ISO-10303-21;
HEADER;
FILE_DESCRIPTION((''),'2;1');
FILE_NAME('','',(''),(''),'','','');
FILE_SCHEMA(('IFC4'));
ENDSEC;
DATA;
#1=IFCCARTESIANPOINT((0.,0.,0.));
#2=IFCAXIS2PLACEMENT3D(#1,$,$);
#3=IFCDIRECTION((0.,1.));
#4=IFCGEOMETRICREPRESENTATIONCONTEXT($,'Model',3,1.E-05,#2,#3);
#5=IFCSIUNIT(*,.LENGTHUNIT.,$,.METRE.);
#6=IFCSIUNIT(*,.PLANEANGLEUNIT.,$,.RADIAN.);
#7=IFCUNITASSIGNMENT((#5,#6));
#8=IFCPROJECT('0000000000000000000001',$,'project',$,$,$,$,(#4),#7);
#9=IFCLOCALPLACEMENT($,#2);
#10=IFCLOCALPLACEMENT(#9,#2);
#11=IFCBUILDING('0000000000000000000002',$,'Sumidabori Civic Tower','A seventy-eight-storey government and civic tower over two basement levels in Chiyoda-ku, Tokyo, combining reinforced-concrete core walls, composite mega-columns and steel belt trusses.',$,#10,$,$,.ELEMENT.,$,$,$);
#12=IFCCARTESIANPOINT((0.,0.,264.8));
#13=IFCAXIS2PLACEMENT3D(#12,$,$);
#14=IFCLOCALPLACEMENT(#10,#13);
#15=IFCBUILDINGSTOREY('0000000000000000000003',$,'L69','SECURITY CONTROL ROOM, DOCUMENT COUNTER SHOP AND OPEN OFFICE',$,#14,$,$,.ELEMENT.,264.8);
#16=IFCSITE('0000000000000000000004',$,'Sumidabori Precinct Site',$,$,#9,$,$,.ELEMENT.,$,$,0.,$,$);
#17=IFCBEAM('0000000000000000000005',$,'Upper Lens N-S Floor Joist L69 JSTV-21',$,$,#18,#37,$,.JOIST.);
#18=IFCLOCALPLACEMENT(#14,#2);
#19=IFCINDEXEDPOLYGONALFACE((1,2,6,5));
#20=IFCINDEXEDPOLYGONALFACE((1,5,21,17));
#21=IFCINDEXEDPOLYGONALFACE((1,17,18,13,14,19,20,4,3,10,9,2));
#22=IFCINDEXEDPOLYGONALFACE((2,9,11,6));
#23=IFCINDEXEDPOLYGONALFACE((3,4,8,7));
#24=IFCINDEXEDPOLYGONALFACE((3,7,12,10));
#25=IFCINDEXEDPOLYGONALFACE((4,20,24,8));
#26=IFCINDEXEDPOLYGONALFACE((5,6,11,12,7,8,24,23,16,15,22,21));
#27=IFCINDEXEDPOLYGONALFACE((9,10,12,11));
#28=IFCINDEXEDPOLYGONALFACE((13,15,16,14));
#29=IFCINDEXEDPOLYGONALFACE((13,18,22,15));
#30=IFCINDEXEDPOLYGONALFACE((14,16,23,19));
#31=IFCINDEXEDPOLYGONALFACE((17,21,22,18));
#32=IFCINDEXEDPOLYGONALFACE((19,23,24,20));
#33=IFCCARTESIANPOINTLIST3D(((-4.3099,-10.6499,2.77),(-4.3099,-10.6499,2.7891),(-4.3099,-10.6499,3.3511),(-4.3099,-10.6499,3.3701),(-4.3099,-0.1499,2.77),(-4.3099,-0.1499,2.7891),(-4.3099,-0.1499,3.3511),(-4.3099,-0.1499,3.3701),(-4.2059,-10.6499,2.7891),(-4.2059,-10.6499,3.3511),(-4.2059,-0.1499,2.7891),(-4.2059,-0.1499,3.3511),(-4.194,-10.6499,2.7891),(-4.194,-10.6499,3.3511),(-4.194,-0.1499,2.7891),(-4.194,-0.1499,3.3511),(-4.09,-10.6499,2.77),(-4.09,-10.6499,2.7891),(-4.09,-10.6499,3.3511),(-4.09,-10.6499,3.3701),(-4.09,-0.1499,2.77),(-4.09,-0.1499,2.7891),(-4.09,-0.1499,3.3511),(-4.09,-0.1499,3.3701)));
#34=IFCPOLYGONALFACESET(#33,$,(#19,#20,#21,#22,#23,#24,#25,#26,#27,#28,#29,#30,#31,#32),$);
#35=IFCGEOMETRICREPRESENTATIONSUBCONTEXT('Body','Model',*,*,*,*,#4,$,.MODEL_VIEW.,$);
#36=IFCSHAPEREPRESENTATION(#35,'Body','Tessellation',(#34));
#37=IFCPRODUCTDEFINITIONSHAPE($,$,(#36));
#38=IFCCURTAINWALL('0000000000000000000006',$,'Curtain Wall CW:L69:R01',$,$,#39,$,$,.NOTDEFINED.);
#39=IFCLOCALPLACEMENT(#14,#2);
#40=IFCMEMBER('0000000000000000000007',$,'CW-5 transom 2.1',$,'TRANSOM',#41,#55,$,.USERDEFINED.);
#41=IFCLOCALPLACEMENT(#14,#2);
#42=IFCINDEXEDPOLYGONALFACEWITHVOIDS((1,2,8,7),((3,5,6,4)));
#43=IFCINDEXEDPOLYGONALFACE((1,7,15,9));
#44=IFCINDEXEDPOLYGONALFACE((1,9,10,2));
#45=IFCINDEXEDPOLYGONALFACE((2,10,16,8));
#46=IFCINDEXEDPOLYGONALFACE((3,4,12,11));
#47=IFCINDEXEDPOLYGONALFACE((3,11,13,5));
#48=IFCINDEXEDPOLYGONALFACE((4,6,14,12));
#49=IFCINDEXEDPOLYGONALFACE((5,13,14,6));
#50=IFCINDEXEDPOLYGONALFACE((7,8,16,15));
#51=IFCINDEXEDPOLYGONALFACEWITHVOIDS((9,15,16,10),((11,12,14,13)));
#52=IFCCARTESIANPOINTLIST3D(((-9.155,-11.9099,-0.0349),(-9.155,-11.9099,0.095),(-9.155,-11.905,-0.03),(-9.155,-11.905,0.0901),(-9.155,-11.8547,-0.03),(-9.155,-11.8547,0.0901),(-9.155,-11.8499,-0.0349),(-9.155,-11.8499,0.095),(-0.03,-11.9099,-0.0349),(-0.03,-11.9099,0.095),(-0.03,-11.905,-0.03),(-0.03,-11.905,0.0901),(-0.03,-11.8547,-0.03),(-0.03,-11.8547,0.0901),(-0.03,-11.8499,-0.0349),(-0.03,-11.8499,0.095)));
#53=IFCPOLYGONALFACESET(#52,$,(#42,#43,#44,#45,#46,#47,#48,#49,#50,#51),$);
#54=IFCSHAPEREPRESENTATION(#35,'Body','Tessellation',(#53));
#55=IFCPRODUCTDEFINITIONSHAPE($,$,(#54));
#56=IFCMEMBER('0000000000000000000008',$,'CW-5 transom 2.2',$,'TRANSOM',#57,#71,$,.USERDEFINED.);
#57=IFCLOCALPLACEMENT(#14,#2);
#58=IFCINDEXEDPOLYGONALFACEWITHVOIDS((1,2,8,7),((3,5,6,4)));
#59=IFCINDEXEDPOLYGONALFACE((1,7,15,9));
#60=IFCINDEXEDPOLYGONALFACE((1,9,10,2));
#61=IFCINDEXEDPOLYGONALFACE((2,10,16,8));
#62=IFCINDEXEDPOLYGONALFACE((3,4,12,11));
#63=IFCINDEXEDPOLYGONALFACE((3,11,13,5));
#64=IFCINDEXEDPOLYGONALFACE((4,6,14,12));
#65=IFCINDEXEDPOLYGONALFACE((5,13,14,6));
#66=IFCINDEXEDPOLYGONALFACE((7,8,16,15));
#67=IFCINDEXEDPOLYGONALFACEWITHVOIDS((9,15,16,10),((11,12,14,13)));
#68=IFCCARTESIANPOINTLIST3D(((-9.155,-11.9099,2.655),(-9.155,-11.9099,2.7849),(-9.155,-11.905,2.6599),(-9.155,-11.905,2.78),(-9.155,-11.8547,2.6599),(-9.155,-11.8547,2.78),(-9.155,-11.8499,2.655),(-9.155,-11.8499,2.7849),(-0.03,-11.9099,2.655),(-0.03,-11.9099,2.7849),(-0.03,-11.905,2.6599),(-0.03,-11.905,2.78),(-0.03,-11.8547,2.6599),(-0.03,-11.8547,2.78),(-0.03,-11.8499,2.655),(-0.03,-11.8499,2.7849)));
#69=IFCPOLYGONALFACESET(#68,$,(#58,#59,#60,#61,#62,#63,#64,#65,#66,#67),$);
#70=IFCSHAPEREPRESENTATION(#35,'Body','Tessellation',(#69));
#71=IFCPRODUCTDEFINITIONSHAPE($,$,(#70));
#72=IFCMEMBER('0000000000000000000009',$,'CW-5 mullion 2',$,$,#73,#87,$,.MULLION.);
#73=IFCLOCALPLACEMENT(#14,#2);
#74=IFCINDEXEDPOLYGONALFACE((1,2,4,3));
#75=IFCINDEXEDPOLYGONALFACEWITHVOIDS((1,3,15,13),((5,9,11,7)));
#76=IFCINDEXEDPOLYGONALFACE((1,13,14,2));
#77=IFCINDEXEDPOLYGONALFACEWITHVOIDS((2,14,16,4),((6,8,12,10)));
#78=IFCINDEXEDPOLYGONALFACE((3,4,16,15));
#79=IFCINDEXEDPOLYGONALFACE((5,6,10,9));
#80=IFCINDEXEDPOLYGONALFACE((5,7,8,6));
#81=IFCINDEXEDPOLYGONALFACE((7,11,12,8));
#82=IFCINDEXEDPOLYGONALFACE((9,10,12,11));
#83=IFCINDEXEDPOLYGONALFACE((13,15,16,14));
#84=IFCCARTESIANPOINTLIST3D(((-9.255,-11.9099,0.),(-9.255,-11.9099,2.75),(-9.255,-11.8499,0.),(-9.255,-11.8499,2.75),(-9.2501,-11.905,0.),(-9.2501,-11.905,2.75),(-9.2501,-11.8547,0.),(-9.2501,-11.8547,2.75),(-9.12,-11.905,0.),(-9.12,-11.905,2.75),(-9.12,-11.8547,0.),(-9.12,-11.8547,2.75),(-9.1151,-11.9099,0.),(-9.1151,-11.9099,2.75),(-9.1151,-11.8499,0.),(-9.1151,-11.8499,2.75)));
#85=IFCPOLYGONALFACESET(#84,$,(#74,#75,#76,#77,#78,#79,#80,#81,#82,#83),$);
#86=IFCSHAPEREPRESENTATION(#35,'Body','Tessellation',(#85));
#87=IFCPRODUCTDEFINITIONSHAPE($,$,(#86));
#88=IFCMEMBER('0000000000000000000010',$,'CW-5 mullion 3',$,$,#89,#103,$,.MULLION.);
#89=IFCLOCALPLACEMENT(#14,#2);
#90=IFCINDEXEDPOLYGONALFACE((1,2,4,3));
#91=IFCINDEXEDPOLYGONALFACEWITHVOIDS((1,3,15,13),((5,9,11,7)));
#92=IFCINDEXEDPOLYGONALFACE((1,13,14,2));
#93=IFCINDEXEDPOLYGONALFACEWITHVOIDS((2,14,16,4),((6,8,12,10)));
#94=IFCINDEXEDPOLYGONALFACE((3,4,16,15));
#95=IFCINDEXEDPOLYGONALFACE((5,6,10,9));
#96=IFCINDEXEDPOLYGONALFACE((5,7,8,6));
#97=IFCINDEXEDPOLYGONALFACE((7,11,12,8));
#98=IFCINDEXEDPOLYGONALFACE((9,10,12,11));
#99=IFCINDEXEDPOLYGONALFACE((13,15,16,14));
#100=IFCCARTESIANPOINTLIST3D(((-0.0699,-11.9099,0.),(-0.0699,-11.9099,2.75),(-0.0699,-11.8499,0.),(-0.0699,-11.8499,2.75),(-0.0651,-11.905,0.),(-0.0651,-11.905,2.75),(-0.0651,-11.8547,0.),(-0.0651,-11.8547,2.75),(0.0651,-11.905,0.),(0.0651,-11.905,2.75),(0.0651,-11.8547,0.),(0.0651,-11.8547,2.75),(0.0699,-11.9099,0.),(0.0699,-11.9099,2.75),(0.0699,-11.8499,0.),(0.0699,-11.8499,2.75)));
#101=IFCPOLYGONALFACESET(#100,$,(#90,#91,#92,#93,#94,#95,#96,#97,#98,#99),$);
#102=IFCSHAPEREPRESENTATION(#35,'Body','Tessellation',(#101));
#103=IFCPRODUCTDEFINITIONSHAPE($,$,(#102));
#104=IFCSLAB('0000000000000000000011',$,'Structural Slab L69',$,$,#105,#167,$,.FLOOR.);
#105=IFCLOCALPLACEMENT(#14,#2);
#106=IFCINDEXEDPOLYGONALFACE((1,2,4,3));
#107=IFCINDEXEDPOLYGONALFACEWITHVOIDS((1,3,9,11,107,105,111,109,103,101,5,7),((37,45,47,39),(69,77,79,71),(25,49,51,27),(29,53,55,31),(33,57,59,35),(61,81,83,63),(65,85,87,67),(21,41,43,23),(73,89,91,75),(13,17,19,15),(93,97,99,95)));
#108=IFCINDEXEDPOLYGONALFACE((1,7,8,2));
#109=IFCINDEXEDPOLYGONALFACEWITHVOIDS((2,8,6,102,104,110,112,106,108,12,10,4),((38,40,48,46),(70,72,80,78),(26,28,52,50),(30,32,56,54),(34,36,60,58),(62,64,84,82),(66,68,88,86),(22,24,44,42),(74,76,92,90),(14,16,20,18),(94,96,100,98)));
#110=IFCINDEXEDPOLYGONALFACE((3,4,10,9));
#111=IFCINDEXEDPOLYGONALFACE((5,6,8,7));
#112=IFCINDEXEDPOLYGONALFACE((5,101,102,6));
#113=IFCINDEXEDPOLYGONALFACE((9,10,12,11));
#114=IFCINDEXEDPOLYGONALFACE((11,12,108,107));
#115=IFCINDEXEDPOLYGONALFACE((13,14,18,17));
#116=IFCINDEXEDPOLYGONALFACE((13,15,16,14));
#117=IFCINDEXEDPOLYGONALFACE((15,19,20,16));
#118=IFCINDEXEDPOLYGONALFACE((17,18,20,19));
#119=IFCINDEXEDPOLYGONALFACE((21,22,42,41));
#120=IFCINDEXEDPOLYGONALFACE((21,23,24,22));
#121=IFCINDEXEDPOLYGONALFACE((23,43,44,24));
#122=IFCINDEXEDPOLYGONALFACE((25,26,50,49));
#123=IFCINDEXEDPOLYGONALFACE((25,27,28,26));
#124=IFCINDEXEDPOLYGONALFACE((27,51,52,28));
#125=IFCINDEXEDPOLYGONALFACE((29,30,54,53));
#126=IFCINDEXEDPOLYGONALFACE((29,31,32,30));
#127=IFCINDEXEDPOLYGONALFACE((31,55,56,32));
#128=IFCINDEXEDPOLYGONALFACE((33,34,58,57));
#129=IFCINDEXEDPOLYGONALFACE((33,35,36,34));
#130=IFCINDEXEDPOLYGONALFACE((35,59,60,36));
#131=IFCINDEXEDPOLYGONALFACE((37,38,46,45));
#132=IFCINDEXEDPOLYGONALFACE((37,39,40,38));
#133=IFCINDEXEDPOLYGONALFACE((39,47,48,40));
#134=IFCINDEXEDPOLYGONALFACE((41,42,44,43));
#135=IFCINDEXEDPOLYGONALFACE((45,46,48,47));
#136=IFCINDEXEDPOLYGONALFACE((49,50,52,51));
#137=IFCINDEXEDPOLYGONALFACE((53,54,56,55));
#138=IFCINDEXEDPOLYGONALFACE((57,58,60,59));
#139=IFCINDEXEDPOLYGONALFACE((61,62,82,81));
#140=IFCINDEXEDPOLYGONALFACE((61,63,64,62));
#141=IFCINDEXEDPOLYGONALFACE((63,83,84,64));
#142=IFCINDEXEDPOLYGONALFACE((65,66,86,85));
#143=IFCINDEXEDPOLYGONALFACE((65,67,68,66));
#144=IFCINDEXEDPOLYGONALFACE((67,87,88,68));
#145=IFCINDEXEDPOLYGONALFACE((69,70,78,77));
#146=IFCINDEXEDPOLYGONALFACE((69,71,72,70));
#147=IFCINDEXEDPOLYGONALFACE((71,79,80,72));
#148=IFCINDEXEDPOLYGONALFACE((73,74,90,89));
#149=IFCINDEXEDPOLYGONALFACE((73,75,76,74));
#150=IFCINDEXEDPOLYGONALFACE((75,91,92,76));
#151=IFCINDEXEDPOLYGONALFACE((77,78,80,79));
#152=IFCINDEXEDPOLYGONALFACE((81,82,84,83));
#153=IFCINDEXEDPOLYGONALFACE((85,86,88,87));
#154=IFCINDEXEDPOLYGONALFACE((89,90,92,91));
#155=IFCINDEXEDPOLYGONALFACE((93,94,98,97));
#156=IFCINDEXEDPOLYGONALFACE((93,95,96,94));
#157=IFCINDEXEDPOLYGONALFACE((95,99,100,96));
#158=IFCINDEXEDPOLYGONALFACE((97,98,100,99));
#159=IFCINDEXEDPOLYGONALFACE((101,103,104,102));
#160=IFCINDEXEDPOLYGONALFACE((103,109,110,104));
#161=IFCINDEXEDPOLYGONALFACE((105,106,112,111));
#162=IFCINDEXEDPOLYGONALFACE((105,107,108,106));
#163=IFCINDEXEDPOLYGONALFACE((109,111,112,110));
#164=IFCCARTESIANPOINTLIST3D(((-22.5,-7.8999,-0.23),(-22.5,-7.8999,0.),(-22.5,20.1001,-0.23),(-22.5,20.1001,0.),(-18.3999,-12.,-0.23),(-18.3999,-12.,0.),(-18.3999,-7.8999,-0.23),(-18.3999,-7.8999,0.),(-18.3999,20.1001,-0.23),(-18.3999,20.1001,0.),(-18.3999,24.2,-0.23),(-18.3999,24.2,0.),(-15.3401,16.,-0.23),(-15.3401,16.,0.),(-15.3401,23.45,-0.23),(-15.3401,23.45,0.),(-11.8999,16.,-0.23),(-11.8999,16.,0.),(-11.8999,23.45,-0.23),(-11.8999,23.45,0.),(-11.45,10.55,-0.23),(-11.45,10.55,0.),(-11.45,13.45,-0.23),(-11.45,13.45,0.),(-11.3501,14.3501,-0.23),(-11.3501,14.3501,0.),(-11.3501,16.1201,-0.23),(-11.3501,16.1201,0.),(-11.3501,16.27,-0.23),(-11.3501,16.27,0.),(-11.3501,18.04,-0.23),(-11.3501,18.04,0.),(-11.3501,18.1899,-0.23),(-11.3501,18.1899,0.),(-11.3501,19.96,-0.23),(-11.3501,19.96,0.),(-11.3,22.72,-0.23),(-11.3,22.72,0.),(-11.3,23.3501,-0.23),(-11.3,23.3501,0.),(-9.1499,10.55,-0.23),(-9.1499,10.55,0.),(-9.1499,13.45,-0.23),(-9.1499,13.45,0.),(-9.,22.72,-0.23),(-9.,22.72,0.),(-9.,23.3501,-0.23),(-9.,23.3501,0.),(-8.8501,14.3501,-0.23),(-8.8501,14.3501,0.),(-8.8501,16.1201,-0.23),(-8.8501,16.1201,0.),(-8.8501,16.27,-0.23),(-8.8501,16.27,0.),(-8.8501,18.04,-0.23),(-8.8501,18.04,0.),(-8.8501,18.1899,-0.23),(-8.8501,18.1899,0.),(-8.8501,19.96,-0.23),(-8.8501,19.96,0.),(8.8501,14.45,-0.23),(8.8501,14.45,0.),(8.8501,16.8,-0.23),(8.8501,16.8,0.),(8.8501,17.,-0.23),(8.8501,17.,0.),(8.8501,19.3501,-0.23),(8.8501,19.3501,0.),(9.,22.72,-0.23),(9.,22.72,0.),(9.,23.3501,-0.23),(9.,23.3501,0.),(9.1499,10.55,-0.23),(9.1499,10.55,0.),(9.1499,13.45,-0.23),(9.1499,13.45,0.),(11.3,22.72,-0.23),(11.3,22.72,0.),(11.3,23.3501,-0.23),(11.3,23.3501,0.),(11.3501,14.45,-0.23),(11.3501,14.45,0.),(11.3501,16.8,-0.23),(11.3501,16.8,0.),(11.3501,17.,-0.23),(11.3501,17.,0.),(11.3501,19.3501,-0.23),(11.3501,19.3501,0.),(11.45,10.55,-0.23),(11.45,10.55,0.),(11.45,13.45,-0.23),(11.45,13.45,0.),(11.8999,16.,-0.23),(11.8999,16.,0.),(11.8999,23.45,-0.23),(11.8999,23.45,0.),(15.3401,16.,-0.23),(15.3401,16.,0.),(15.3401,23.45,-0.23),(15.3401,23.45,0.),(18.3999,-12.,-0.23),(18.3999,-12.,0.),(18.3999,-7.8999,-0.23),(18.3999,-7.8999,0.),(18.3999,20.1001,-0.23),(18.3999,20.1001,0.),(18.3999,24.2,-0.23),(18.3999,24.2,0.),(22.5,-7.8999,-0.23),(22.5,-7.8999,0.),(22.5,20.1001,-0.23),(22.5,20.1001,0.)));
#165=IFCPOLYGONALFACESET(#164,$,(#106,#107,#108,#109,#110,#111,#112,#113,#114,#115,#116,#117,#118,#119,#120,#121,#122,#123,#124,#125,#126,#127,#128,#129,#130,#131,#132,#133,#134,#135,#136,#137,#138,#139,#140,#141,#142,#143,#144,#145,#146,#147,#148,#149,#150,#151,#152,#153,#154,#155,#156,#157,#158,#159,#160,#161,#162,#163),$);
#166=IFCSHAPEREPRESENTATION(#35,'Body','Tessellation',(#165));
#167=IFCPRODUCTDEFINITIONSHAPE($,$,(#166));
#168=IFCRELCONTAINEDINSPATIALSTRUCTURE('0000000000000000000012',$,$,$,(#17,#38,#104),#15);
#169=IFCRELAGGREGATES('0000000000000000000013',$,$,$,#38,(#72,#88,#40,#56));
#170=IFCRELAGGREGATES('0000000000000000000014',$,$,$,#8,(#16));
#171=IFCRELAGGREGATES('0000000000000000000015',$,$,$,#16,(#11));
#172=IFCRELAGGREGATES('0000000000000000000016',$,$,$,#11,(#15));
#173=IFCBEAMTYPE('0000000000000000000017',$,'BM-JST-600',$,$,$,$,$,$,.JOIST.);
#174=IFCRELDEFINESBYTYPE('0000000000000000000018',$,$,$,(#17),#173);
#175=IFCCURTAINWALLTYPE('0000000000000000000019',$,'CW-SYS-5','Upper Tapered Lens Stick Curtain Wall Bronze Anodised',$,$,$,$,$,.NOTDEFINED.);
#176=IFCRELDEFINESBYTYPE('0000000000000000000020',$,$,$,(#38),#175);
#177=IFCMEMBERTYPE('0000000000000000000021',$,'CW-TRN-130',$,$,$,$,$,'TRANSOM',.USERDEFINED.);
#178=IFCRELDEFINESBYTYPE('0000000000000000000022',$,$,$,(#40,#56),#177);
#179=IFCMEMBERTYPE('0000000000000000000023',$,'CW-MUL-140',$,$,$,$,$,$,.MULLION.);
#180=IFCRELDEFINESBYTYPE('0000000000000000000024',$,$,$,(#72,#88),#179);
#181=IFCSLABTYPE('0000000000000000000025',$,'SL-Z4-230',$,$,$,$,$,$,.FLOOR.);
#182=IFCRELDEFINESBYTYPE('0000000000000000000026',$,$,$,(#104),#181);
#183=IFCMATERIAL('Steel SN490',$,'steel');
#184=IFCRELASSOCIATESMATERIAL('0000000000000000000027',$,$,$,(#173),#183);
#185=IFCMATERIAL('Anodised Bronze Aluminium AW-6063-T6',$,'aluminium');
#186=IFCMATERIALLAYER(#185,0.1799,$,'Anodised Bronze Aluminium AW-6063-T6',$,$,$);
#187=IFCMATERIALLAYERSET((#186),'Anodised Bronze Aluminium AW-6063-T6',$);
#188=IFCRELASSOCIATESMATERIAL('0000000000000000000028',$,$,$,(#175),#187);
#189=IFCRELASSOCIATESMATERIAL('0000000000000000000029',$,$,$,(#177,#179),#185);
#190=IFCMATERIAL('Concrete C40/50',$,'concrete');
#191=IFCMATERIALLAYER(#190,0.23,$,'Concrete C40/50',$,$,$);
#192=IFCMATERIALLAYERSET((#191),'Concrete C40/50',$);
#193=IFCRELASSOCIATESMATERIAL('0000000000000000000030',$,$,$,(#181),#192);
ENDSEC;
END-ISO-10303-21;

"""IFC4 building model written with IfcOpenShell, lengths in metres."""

from ifc_helpers import new_model, si_unit, direction, frame, origin, origin_2d, place, context, subcontext, project, spatial, polyline, hollow_rectangle, i_section, outline, extrude, source, transform, mapped, material, layer, layer_set, material_profile, profile_set, type_object, element, aggregate, save


model = new_model("IFC4")

# Units and contexts
model_context = context("Model", 3, precision=1e-05, world=origin(), true_north=direction((0.0, 1.0)))
body_context = subcontext(model_context, "Body", "Model", "MODEL_VIEW")
ifc_project = project(units=[si_unit("LENGTHUNIT", "METRE"), si_unit("PLANEANGLEUNIT", "RADIAN")], contexts=[model_context])

# Site, building, storey
site_placement = place(None, origin())
site = spatial("IfcSite", under=ifc_project, at=site_placement, Name="Sumidabori Precinct Site", CompositionType="ELEMENT", RefElevation=0.0)
building_placement = place(site_placement, origin())
building = spatial("IfcBuilding", under=site, at=building_placement, Name="Sumidabori Civic Tower", Description="A seventy-eight-storey government and civic tower over two basement levels in Chiyoda-ku, Tokyo, combining reinforced-concrete core walls, composite mega-columns and steel belt trusses.", CompositionType="ELEMENT")
storey_placement = place(building_placement, frame((0.0, 0.0, 264.8)))
storey = spatial("IfcBuildingStorey", under=building, at=storey_placement, Name="L69", Description="SECURITY CONTROL ROOM, DOCUMENT COUNTER SHOP AND OPEN OFFICE", CompositionType="ELEMENT", Elevation=264.8)

# Shared definitions
ifc_material_1 = material(Name="Steel SN490", Category="steel")

# Beam
ifc_material_profile_1 = material_profile(ifc_material_1, i_section(OverallWidth=0.22, OverallDepth=0.6001, WebThickness=0.012, FlangeThickness=0.019, at=origin_2d()), Name="IPE 600")
ifc_profile_set_1 = profile_set([ifc_material_profile_1], Name="Steel SN490")
beam_type_1 = type_object("IfcBeamType", Name="BM-JST-600", PredefinedType="JOIST", material=ifc_profile_set_1)
shared_shape_1 = source(origin(), body_context, "Body", "SweptSolid", [
    extrude(i_section(OverallWidth=0.22, OverallDepth=0.6001, WebThickness=0.012, FlangeThickness=0.019, at=origin_2d()), origin(), (0.0, 0.0, 1.0), 10.5),
])
for number, where, z_axis, x_axis, name in (
    (1, (-4.2, -10.6499, 3.0701), (0.0, 1.0, 0.0), (-1.0, 0.0, 0.0), "Upper Lens N-S Floor Joist L69 JSTV-21"),
):
    element("IfcBeam", number, at=place(storey_placement, frame(where, z_axis=z_axis, x_axis=x_axis)), inside=storey, type_object=beam_type_1, Name=name, PredefinedType="JOIST", context=body_context, shape_type="MappedRepresentation", body=[
        mapped(shared_shape_1, transform((0.0, 0.0, 0.0), x_axis=(1.0, 0.0, 0.0), y_axis=(0.0, 1.0, 0.0), z_axis=(0.0, 0.0, 1.0), scale=1.0)),
    ])

# Curtain wall, members
ifc_material_2 = material(Name="Anodised Bronze Aluminium AW-6063-T6", Category="aluminium")
ifc_layer_1 = layer(ifc_material_2, 0.1799, Name="Anodised Bronze Aluminium AW-6063-T6")
ifc_layer_set_1 = layer_set([ifc_layer_1], Name="Anodised Bronze Aluminium AW-6063-T6")
curtain_wall_type = type_object("IfcCurtainWallType", Name="CW-SYS-5", Description="Upper Tapered Lens Stick Curtain Wall Bronze Anodised", PredefinedType="NOTDEFINED", material=ifc_layer_set_1)
curtain_wall_placement = place(storey_placement, origin())
curtain_wall = element("IfcCurtainWall", 2, at=curtain_wall_placement, inside=storey, type_object=curtain_wall_type, Name="Curtain Wall CW:L69:R01", PredefinedType="NOTDEFINED")
ifc_material_profile_2 = material_profile(ifc_material_2, hollow_rectangle(XDim=0.0601, YDim=0.1299, WallThickness=0.0049, at=origin_2d()), Name="ALU TRANSOM 130x60")
ifc_profile_set_2 = profile_set([ifc_material_profile_2], Name="Anodised Bronze Aluminium AW-6063-T6")
member_type_1 = type_object("IfcMemberType", Name="CW-TRN-130", ElementType="TRANSOM", PredefinedType="USERDEFINED", material=ifc_profile_set_2)
shared_shape_2 = source(origin(), body_context, "Body", "SweptSolid", [
    extrude(hollow_rectangle(XDim=0.0601, YDim=0.1299, WallThickness=0.0049, at=origin_2d()), origin(), (0.0, 0.0, 1.0), 9.125),
])
member_1_placement = place(storey_placement, frame((-9.155, -11.8799, 0.03), z_axis=(1.0, 0.0, 0.0), x_axis=(0.0, 1.0, 0.0)))
member_1 = element("IfcMember", 3, at=member_1_placement, type_object=member_type_1, Name="CW-5 transom 2.1", ObjectType="TRANSOM", PredefinedType="USERDEFINED", context=body_context, shape_type="MappedRepresentation", body=[
    mapped(shared_shape_2, transform((0.0, 0.0, 0.0), x_axis=(1.0, 0.0, 0.0), y_axis=(0.0, 1.0, 0.0), z_axis=(0.0, 0.0, 1.0), scale=1.0)),
])
member_2_placement = place(storey_placement, frame((-9.155, -11.8799, 2.72), z_axis=(1.0, 0.0, 0.0), x_axis=(0.0, 1.0, 0.0)))
member_2 = element("IfcMember", 4, at=member_2_placement, type_object=member_type_1, Name="CW-5 transom 2.2", ObjectType="TRANSOM", PredefinedType="USERDEFINED", context=body_context, shape_type="MappedRepresentation", body=[
    mapped(shared_shape_2, transform((0.0, 0.0, 0.0), x_axis=(1.0, 0.0, 0.0), y_axis=(0.0, 1.0, 0.0), z_axis=(0.0, 0.0, 1.0), scale=1.0)),
])
ifc_material_profile_3 = material_profile(ifc_material_2, hollow_rectangle(XDim=0.0601, YDim=0.1399, WallThickness=0.0049, at=origin_2d()), Name="ALU MULLION 140x60")
ifc_profile_set_3 = profile_set([ifc_material_profile_3], Name="Anodised Bronze Aluminium AW-6063-T6")
member_type_2 = type_object("IfcMemberType", Name="CW-MUL-140", PredefinedType="MULLION", material=ifc_profile_set_3)
shared_shape_3 = source(origin(), body_context, "Body", "SweptSolid", [
    extrude(hollow_rectangle(XDim=0.0601, YDim=0.1399, WallThickness=0.0049, at=origin_2d()), origin(), (0.0, 0.0, 1.0), 2.75),
])
member_3_placement = place(storey_placement, frame((-9.1851, -11.8799, 0.0), z_axis=(0.0, 0.0, 1.0), x_axis=(0.0, 1.0, 0.0)))
member_3 = element("IfcMember", 5, at=member_3_placement, type_object=member_type_2, Name="CW-5 mullion 2", PredefinedType="MULLION", context=body_context, shape_type="MappedRepresentation", body=[
    mapped(shared_shape_3, transform((0.0, 0.0, 0.0), x_axis=(1.0, 0.0, 0.0), y_axis=(0.0, 1.0, 0.0), z_axis=(0.0, 0.0, 1.0), scale=1.0)),
])
member_4_placement = place(storey_placement, frame((0.0, -11.8799, 0.0), z_axis=(0.0, 0.0, 1.0), x_axis=(0.0, 1.0, 0.0)))
member_4 = element("IfcMember", 6, at=member_4_placement, type_object=member_type_2, Name="CW-5 mullion 3", PredefinedType="MULLION", context=body_context, shape_type="MappedRepresentation", body=[
    mapped(shared_shape_3, transform((0.0, 0.0, 0.0), x_axis=(1.0, 0.0, 0.0), y_axis=(0.0, 1.0, 0.0), z_axis=(0.0, 0.0, 1.0), scale=1.0)),
])

# Slab
ifc_material_3 = material(Name="Concrete C40/50", Category="concrete")
ifc_layer_2 = layer(ifc_material_3, 0.23, Name="Concrete C40/50")
ifc_layer_set_2 = layer_set([ifc_layer_2], Name="Concrete C40/50")
slab_type = type_object("IfcSlabType", Name="SL-Z4-230", PredefinedType="FLOOR", material=ifc_layer_set_2)
slab_placement = place(storey_placement, frame((0.0, 0.0, -0.23)))
element("IfcSlab", 7, at=slab_placement, inside=storey, type_object=slab_type, Name="Structural Slab L69", PredefinedType="FLOOR", context=body_context, shape_type="SweptSolid", body=[
    extrude(outline(polyline([(-18.3999, -12.0), (18.3999, -12.0), (18.3999, -7.8999), (22.5, -7.8999), (22.5, 20.1001), (18.3999, 20.1001), (18.3999, 24.2), (-18.3999, 24.2), (-18.3999, 20.1001), (-22.5, 20.1001), (-22.5, -7.8999), (-18.3999, -7.8999), (-18.3999, -12.0)]), holes=[polyline([(-11.8999, 16.0), (-11.8999, 23.45), (-15.3401, 23.45), (-15.3401, 16.0), (-11.8999, 16.0)]), polyline([(15.3401, 16.0), (15.3401, 23.45), (11.8999, 23.45), (11.8999, 16.0), (15.3401, 16.0)]), polyline([(-11.45, 10.55), (-9.1499, 10.55), (-9.1499, 13.45), (-11.45, 13.45), (-11.45, 10.55)]), polyline([(9.1499, 10.55), (11.45, 10.55), (11.45, 13.45), (9.1499, 13.45), (9.1499, 10.55)]), polyline([(-11.3501, 14.3501), (-8.8501, 14.3501), (-8.8501, 16.1201), (-11.3501, 16.1201), (-11.3501, 14.3501)]), polyline([(-11.3501, 16.27), (-8.8501, 16.27), (-8.8501, 18.04), (-11.3501, 18.04), (-11.3501, 16.27)]), polyline([(-11.3501, 18.1899), (-8.8501, 18.1899), (-8.8501, 19.96), (-11.3501, 19.96), (-11.3501, 18.1899)]), polyline([(8.8501, 14.45), (11.3501, 14.45), (11.3501, 16.8), (8.8501, 16.8), (8.8501, 14.45)]), polyline([(8.8501, 17.0), (11.3501, 17.0), (11.3501, 19.3501), (8.8501, 19.3501), (8.8501, 17.0)]), polyline([(-11.3, 22.72), (-9.0, 22.72), (-9.0, 23.3501), (-11.3, 23.3501), (-11.3, 22.72)]), polyline([(9.0, 22.72), (11.3, 22.72), (11.3, 23.3501), (9.0, 23.3501), (9.0, 22.72)])]), origin(), (0.0, 0.0, 1.0), 0.23),
])

aggregate(curtain_wall, [member_3, member_4, member_1, member_2])

save(model, "model.ifc")
